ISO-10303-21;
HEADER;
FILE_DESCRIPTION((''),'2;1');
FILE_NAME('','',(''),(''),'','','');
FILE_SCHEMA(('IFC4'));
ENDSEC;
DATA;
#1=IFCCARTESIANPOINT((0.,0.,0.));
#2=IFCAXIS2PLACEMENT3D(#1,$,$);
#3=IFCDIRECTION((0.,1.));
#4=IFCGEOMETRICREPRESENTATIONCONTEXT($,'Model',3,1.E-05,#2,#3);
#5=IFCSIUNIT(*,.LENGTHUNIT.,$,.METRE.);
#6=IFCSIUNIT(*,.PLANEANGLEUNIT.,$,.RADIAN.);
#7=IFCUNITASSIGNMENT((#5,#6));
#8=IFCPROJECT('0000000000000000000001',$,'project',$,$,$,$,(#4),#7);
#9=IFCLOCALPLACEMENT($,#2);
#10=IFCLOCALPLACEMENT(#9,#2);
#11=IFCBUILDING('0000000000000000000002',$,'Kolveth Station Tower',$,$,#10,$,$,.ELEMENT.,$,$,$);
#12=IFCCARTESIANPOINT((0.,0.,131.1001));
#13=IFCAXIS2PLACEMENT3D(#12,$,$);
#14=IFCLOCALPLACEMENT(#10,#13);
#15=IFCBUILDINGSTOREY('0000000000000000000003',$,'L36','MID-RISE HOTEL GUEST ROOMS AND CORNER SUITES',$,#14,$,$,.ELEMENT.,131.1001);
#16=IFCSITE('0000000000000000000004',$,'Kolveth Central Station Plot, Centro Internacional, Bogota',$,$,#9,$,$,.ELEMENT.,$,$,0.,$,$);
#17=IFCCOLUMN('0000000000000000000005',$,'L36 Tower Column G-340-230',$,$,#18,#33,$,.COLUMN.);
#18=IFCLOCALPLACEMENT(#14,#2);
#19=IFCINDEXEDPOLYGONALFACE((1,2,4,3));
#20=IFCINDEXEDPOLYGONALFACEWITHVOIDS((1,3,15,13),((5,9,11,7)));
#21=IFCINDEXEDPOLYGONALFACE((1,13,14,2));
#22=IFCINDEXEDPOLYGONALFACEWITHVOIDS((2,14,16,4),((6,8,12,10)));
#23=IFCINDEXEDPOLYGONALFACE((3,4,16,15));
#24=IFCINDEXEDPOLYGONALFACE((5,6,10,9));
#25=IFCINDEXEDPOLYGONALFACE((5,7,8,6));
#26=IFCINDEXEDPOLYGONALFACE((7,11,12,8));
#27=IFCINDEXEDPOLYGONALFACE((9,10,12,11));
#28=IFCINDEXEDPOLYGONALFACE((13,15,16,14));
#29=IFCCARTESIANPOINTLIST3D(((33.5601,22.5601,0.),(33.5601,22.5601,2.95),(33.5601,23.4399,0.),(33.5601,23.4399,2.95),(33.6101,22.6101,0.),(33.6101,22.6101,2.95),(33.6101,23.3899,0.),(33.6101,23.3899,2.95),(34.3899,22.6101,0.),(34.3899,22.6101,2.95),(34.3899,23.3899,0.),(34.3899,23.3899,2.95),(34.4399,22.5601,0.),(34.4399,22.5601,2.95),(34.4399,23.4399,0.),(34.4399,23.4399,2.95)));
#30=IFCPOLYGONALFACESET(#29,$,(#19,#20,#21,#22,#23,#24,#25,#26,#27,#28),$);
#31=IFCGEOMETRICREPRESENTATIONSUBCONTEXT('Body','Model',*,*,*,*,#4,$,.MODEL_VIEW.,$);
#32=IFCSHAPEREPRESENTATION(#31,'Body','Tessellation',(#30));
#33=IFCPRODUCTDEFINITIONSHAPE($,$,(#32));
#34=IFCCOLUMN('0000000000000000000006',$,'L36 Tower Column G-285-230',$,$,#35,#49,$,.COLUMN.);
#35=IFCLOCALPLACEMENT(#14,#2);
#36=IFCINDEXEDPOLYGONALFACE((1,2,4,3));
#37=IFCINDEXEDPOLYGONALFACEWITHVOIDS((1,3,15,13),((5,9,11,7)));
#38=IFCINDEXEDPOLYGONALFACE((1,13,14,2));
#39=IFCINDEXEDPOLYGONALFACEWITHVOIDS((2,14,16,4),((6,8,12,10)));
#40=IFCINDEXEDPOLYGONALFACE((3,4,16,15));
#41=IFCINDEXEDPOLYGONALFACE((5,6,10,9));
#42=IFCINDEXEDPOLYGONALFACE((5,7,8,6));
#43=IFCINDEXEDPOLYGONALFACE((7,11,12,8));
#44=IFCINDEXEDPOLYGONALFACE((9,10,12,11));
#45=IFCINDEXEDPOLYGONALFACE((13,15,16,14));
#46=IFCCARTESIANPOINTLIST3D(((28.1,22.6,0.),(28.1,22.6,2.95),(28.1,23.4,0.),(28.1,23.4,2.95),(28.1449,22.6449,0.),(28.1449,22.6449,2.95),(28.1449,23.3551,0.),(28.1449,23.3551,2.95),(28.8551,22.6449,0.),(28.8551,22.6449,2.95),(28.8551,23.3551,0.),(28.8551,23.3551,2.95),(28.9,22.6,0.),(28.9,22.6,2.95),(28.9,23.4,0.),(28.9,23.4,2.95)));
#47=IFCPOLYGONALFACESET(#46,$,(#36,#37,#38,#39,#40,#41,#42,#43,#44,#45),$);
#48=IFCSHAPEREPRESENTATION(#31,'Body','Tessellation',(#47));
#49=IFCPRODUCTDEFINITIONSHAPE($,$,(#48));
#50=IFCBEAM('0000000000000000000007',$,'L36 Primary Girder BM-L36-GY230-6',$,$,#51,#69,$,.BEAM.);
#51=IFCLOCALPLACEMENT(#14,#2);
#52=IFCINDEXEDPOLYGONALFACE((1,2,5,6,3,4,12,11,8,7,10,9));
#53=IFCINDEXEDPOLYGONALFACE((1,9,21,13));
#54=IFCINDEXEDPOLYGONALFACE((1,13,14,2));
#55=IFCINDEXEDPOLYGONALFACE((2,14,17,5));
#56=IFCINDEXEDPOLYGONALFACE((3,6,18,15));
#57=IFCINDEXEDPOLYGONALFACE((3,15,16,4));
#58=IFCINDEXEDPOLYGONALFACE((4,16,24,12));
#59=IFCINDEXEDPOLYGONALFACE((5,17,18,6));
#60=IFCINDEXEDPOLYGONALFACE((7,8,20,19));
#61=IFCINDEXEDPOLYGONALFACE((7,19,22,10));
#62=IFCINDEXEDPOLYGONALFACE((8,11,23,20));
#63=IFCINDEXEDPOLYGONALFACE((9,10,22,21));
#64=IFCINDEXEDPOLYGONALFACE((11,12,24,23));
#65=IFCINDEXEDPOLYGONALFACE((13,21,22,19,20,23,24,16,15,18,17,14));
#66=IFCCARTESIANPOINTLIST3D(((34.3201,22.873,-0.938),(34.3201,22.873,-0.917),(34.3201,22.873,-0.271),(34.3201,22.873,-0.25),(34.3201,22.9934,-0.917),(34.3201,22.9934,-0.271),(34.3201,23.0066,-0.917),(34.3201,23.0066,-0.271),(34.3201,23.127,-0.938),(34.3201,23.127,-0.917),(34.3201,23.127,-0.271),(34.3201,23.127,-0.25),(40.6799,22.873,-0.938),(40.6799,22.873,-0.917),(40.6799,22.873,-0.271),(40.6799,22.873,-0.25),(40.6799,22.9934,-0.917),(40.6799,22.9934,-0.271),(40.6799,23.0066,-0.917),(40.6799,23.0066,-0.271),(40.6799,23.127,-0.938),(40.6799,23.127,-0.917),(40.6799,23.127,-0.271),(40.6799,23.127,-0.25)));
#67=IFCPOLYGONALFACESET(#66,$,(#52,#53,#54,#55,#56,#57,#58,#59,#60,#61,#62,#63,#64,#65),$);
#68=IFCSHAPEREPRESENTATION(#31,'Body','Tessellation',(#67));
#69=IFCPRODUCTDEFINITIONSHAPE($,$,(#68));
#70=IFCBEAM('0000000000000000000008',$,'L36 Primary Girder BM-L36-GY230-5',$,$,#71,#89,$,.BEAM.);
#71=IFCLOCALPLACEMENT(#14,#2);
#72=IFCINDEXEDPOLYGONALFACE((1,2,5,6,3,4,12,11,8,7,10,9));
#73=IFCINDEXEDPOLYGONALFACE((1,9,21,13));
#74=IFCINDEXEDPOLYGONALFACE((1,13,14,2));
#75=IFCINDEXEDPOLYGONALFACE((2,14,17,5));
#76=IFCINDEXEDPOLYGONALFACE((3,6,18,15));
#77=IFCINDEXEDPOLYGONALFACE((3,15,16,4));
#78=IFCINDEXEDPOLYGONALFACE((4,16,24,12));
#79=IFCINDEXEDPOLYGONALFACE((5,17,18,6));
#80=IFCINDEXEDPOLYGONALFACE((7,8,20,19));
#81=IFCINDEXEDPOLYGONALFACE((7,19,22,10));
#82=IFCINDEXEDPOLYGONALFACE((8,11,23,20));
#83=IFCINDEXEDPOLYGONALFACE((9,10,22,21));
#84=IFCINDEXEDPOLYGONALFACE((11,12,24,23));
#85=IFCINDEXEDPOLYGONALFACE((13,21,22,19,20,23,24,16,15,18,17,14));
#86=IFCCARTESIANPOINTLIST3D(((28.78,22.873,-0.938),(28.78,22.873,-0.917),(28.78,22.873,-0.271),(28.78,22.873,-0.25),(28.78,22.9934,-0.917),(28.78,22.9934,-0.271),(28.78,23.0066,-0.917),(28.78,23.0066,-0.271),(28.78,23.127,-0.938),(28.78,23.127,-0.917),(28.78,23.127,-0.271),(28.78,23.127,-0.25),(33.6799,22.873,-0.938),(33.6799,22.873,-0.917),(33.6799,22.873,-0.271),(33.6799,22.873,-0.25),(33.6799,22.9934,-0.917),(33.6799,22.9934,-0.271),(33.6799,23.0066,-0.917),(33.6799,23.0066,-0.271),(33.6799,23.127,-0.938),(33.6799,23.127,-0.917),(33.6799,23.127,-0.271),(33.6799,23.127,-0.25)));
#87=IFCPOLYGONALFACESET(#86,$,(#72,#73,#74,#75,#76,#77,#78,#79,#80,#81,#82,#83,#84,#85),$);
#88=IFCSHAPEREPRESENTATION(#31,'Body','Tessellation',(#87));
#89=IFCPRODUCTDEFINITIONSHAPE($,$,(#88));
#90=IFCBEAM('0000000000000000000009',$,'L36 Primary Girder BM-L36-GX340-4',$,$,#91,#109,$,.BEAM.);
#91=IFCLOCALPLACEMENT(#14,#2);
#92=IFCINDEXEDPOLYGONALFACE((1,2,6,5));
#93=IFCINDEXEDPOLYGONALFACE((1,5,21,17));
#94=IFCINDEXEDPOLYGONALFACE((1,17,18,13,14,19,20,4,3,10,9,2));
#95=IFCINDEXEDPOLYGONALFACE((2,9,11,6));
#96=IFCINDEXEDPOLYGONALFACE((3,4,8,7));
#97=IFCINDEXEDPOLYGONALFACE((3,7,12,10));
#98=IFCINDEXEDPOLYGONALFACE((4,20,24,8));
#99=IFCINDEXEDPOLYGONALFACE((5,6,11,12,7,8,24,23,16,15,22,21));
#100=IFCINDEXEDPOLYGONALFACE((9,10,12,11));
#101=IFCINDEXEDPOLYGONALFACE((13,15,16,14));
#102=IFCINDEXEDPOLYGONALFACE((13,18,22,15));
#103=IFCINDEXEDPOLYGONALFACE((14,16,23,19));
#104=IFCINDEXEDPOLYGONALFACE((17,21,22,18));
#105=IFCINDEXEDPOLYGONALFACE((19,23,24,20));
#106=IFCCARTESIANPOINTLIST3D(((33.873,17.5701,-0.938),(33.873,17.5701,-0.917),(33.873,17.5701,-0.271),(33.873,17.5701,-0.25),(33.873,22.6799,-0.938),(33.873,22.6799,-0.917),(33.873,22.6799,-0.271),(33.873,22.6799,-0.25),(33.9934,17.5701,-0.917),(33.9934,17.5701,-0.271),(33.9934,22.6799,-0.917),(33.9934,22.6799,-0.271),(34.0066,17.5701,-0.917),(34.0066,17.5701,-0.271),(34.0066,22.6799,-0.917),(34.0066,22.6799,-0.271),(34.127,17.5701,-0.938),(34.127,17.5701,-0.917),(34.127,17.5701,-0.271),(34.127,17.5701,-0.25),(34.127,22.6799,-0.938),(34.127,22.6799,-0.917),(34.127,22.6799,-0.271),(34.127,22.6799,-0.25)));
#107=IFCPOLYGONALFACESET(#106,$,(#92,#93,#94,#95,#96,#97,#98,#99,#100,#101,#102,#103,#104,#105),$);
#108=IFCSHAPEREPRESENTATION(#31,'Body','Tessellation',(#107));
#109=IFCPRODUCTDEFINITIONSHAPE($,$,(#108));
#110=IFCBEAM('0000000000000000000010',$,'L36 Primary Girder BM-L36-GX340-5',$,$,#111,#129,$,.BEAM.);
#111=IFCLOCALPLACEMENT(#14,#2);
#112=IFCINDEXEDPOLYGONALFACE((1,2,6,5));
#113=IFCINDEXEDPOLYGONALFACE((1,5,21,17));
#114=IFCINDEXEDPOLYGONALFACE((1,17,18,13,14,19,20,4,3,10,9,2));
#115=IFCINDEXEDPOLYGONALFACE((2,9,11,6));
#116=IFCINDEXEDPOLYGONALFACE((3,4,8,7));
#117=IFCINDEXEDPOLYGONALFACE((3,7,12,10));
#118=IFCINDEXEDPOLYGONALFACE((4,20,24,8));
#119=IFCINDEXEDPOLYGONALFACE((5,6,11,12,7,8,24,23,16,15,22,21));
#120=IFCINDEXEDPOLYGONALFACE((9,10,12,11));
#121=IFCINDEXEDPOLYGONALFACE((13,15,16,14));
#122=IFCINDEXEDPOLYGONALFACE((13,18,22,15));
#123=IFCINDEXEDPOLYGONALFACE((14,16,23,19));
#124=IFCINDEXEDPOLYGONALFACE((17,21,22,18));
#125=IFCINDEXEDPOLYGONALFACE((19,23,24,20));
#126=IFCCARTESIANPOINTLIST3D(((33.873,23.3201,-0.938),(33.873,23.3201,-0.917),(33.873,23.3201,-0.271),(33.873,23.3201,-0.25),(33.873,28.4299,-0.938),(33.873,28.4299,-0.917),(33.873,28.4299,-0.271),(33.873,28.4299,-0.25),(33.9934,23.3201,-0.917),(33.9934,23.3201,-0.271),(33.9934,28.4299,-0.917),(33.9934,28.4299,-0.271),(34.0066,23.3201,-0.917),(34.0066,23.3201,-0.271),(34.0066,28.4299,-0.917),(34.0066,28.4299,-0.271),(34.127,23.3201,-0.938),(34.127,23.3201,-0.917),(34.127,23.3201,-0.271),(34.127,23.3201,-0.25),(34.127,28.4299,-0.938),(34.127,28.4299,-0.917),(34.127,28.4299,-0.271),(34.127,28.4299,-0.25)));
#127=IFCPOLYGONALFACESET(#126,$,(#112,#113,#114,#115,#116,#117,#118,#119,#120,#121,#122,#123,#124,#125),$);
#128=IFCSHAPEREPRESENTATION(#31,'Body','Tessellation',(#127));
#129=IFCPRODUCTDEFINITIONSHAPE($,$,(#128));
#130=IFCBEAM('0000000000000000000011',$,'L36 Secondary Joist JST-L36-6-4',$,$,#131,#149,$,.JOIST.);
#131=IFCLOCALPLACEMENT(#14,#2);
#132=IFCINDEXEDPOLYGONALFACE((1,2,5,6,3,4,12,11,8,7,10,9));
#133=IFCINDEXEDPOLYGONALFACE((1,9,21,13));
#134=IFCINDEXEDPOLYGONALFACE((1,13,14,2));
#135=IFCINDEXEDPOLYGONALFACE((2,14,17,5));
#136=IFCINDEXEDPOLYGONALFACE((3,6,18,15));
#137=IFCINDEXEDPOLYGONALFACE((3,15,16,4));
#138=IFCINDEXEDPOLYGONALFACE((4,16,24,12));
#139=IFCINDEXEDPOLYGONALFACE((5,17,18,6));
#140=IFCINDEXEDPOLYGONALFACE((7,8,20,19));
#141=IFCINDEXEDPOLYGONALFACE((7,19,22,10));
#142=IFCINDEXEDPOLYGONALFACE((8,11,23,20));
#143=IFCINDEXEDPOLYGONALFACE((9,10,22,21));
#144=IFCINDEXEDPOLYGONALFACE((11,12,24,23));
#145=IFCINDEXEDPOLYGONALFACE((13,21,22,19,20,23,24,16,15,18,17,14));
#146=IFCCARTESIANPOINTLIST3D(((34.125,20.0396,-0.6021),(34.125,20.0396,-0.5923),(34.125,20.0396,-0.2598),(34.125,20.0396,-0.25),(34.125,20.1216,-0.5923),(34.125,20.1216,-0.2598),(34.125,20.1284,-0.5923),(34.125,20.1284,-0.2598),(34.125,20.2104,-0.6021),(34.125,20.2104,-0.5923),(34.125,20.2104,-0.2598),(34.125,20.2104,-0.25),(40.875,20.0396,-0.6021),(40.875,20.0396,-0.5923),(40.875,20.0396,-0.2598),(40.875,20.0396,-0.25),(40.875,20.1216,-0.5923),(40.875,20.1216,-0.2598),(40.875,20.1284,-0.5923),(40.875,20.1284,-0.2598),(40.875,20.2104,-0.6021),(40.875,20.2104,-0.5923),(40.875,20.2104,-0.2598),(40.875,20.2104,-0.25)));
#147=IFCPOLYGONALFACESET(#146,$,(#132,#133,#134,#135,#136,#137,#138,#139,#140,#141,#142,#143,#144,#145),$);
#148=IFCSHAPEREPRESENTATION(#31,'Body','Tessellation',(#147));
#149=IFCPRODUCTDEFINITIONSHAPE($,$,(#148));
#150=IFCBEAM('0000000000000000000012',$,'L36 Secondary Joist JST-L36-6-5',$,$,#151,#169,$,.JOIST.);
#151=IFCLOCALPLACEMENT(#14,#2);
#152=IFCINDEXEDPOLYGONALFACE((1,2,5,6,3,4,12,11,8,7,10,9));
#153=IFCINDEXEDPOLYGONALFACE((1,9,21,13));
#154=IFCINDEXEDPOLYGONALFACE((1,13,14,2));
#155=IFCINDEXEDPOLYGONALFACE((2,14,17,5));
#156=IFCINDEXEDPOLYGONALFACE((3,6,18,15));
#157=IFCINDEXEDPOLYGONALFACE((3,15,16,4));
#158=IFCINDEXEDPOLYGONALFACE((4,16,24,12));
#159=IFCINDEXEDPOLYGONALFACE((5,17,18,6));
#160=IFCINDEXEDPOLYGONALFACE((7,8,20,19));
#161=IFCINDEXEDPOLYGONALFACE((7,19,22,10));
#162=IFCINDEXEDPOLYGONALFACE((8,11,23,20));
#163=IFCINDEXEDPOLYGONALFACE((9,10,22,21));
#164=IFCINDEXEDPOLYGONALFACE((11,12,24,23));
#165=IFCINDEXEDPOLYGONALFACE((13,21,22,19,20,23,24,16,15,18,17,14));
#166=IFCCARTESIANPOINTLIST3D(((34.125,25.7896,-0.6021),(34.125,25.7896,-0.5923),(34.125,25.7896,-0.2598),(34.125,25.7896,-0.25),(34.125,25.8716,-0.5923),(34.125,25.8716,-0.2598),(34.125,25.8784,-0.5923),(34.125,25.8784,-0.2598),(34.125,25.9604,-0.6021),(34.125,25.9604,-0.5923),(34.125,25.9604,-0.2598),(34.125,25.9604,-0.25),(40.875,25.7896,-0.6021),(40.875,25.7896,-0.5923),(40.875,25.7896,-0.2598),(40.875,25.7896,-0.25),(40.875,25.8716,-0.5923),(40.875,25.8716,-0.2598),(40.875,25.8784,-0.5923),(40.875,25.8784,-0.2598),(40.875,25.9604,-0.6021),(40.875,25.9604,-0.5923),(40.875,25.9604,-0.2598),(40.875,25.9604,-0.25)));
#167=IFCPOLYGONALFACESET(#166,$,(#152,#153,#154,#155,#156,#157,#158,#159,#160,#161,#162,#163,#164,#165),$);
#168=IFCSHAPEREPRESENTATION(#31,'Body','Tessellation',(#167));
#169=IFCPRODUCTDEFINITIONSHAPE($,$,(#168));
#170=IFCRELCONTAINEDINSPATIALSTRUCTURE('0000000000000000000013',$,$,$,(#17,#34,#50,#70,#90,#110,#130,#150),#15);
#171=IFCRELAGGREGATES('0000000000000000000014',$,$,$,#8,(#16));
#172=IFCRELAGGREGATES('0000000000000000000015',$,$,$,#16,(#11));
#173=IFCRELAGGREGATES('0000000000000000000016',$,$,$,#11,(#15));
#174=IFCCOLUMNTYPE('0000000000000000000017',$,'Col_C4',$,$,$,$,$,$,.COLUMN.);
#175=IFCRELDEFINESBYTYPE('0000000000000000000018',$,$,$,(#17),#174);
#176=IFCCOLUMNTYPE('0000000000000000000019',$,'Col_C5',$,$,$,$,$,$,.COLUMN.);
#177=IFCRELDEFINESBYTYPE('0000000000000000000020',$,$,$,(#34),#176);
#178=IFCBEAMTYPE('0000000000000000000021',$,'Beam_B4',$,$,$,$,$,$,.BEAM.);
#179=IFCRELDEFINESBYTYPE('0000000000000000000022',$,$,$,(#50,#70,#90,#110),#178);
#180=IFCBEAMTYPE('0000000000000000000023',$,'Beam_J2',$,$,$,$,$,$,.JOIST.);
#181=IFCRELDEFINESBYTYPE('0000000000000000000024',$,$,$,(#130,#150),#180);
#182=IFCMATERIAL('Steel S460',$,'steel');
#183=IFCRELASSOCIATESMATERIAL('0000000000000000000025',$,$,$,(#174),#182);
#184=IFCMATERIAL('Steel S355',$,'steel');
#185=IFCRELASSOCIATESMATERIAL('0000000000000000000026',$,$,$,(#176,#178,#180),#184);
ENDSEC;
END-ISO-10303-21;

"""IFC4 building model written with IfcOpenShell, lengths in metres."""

from ifc_helpers import new_model, si_unit, direction, frame, origin, origin_2d, place, context, subcontext, project, spatial, hollow_rectangle, i_section, extrude, source, transform, mapped, material, material_profile, profile_set, type_object, element, save


model = new_model("IFC4")

# Units and contexts
model_context = context("Model", 3, precision=1e-05, world=origin(), true_north=direction((0.0, 1.0)))
body_context = subcontext(model_context, "Body", "Model", "MODEL_VIEW")
ifc_project = project(units=[si_unit("LENGTHUNIT", "METRE"), si_unit("PLANEANGLEUNIT", "RADIAN")], contexts=[model_context])

# Site, building, storey
site_placement = place(None, origin())
site = spatial("IfcSite", under=ifc_project, at=site_placement, Name="Kolveth Central Station Plot, Centro Internacional, Bogota", CompositionType="ELEMENT", RefElevation=0.0)
building_placement = place(site_placement, origin())
building = spatial("IfcBuilding", under=site, at=building_placement, Name="Kolveth Station Tower", CompositionType="ELEMENT")
storey_placement = place(building_placement, frame((0.0, 0.0, 131.1001)))
storey = spatial("IfcBuildingStorey", under=building, at=storey_placement, Name="L36", Description="MID-RISE HOTEL GUEST ROOMS AND CORNER SUITES", CompositionType="ELEMENT", Elevation=131.1001)

# Columns
ifc_material_1 = material(Name="Steel S460", Category="steel")
ifc_material_profile_1 = material_profile(ifc_material_1, hollow_rectangle(XDim=0.8799, YDim=0.8799, WallThickness=0.05, at=origin_2d()), Name="BOX880x880x50")
ifc_profile_set_1 = profile_set([ifc_material_profile_1], Name="Steel S460")
column_type_1 = type_object("IfcColumnType", Name="Col_C4", PredefinedType="COLUMN", material=ifc_profile_set_1)
shared_shape_1 = source(origin(), body_context, "Body", "SweptSolid", [
    extrude(hollow_rectangle(XDim=0.8799, YDim=0.8799, WallThickness=0.05, at=origin_2d()), origin(), (0.0, 0.0, 1.0), 2.95),
])
column_1_placement = place(storey_placement, frame((34.0, 23.0, 0.0), z_axis=(0.0, 0.0, 1.0), x_axis=(1.0, 0.0, 0.0)))
element("IfcColumn", 1, at=column_1_placement, inside=storey, type_object=column_type_1, Name="L36 Tower Column G-340-230", PredefinedType="COLUMN", context=body_context, shape_type="MappedRepresentation", body=[
    mapped(shared_shape_1, transform((0.0, 0.0, 0.0), x_axis=(1.0, 0.0, 0.0), y_axis=(0.0, 1.0, 0.0), z_axis=(0.0, 0.0, 1.0), scale=1.0)),
])
ifc_material_2 = material(Name="Steel S355", Category="steel")
ifc_material_profile_2 = material_profile(ifc_material_2, hollow_rectangle(XDim=0.8, YDim=0.8, WallThickness=0.0449, at=origin_2d()), Name="BOX800x800x45")
ifc_profile_set_2 = profile_set([ifc_material_profile_2], Name="Steel S355")
column_type_2 = type_object("IfcColumnType", Name="Col_C5", PredefinedType="COLUMN", material=ifc_profile_set_2)
shared_shape_2 = source(origin(), body_context, "Body", "SweptSolid", [
    extrude(hollow_rectangle(XDim=0.8, YDim=0.8, WallThickness=0.0449, at=origin_2d()), origin(), (0.0, 0.0, 1.0), 2.95),
])
column_2_placement = place(storey_placement, frame((28.5, 23.0, 0.0), z_axis=(0.0, 0.0, 1.0), x_axis=(1.0, 0.0, 0.0)))
element("IfcColumn", 2, at=column_2_placement, inside=storey, type_object=column_type_2, Name="L36 Tower Column G-285-230", PredefinedType="COLUMN", context=body_context, shape_type="MappedRepresentation", body=[
    mapped(shared_shape_2, transform((0.0, 0.0, 0.0), x_axis=(1.0, 0.0, 0.0), y_axis=(0.0, 1.0, 0.0), z_axis=(0.0, 0.0, 1.0), scale=1.0)),
])

# Beams
ifc_material_profile_3 = material_profile(ifc_material_2, i_section(OverallWidth=0.2539, OverallDepth=0.688, WebThickness=0.0132, FlangeThickness=0.021, at=origin_2d()), Name="W690x152")
ifc_profile_set_3 = profile_set([ifc_material_profile_3], Name="Steel S355")
beam_type_1 = type_object("IfcBeamType", Name="Beam_B4", PredefinedType="BEAM", material=ifc_profile_set_3)
shared_shape_3 = source(origin(), body_context, "Body", "SweptSolid", [
    extrude(i_section(OverallWidth=0.2539, OverallDepth=0.688, WebThickness=0.0132, FlangeThickness=0.021, at=origin_2d()), origin(), (0.0, 0.0, 1.0), 6.3599),
])
beam_1_placement = place(storey_placement, frame((34.3201, 23.0, -0.594), z_axis=(1.0, 0.0, 0.0), x_axis=(0.0, 1.0, 0.0)))
element("IfcBeam", 3, at=beam_1_placement, inside=storey, type_object=beam_type_1, Name="L36 Primary Girder BM-L36-GY230-6", PredefinedType="BEAM", context=body_context, shape_type="MappedRepresentation", body=[
    mapped(shared_shape_3, transform((0.0, 0.0, 0.0), x_axis=(1.0, 0.0, 0.0), y_axis=(0.0, 1.0, 0.0), z_axis=(0.0, 0.0, 1.0), scale=1.0)),
])
shared_shape_4 = source(origin(), body_context, "Body", "SweptSolid", [
    extrude(i_section(OverallWidth=0.2539, OverallDepth=0.688, WebThickness=0.0132, FlangeThickness=0.021, at=origin_2d()), origin(), (0.0, 0.0, 1.0), 4.8999),
])
beam_2_placement = place(storey_placement, frame((28.78, 23.0, -0.594), z_axis=(1.0, 0.0, 0.0), x_axis=(0.0, 1.0, 0.0)))
element("IfcBeam", 4, at=beam_2_placement, inside=storey, type_object=beam_type_1, Name="L36 Primary Girder BM-L36-GY230-5", PredefinedType="BEAM", context=body_context, shape_type="MappedRepresentation", body=[
    mapped(shared_shape_4, transform((0.0, 0.0, 0.0), x_axis=(1.0, 0.0, 0.0), y_axis=(0.0, 1.0, 0.0), z_axis=(0.0, 0.0, 1.0), scale=1.0)),
])
shared_shape_5 = source(origin(), body_context, "Body", "SweptSolid", [
    extrude(i_section(OverallWidth=0.2539, OverallDepth=0.688, WebThickness=0.0132, FlangeThickness=0.021, at=origin_2d()), origin(), (0.0, 0.0, 1.0), 5.1099),
])
for number, where, z_axis, x_axis, name in (
    (5, (34.0, 17.5701, -0.594), (0.0, 1.0, 0.0), (-1.0, 0.0, 0.0), "L36 Primary Girder BM-L36-GX340-4"),
    (6, (34.0, 23.3201, -0.594), (0.0, 1.0, 0.0), (-1.0, 0.0, 0.0), "L36 Primary Girder BM-L36-GX340-5"),
):
    element("IfcBeam", number, at=place(storey_placement, frame(where, z_axis=z_axis, x_axis=x_axis)), inside=storey, type_object=beam_type_1, Name=name, PredefinedType="BEAM", context=body_context, shape_type="MappedRepresentation", body=[
        mapped(shared_shape_5, transform((0.0, 0.0, 0.0), x_axis=(1.0, 0.0, 0.0), y_axis=(0.0, 1.0, 0.0), z_axis=(0.0, 0.0, 1.0), scale=1.0)),
    ])
ifc_material_profile_4 = material_profile(ifc_material_2, i_section(OverallWidth=0.1709, OverallDepth=0.3521, WebThickness=0.0068, FlangeThickness=0.0098, at=origin_2d()), Name="W360x44")
ifc_profile_set_4 = profile_set([ifc_material_profile_4], Name="Steel S355")
beam_type_2 = type_object("IfcBeamType", Name="Beam_J2", PredefinedType="JOIST", material=ifc_profile_set_4)
shared_shape_6 = source(origin(), body_context, "Body", "SweptSolid", [
    extrude(i_section(OverallWidth=0.1709, OverallDepth=0.3521, WebThickness=0.0068, FlangeThickness=0.0098, at=origin_2d()), origin(), (0.0, 0.0, 1.0), 6.75),
])
for number, where, z_axis, x_axis, name in (
    (7, (34.125, 20.125, -0.426), (1.0, 0.0, 0.0), (0.0, 1.0, 0.0), "L36 Secondary Joist JST-L36-6-4"),
    (8, (34.125, 25.875, -0.426), (1.0, 0.0, 0.0), (0.0, 1.0, 0.0), "L36 Secondary Joist JST-L36-6-5"),
):
    element("IfcBeam", number, at=place(storey_placement, frame(where, z_axis=z_axis, x_axis=x_axis)), inside=storey, type_object=beam_type_2, Name=name, PredefinedType="JOIST", context=body_context, shape_type="MappedRepresentation", body=[
        mapped(shared_shape_6, transform((0.0, 0.0, 0.0), x_axis=(1.0, 0.0, 0.0), y_axis=(0.0, 1.0, 0.0), z_axis=(0.0, 0.0, 1.0), scale=1.0)),
    ])

save(model, "model.ifc")
